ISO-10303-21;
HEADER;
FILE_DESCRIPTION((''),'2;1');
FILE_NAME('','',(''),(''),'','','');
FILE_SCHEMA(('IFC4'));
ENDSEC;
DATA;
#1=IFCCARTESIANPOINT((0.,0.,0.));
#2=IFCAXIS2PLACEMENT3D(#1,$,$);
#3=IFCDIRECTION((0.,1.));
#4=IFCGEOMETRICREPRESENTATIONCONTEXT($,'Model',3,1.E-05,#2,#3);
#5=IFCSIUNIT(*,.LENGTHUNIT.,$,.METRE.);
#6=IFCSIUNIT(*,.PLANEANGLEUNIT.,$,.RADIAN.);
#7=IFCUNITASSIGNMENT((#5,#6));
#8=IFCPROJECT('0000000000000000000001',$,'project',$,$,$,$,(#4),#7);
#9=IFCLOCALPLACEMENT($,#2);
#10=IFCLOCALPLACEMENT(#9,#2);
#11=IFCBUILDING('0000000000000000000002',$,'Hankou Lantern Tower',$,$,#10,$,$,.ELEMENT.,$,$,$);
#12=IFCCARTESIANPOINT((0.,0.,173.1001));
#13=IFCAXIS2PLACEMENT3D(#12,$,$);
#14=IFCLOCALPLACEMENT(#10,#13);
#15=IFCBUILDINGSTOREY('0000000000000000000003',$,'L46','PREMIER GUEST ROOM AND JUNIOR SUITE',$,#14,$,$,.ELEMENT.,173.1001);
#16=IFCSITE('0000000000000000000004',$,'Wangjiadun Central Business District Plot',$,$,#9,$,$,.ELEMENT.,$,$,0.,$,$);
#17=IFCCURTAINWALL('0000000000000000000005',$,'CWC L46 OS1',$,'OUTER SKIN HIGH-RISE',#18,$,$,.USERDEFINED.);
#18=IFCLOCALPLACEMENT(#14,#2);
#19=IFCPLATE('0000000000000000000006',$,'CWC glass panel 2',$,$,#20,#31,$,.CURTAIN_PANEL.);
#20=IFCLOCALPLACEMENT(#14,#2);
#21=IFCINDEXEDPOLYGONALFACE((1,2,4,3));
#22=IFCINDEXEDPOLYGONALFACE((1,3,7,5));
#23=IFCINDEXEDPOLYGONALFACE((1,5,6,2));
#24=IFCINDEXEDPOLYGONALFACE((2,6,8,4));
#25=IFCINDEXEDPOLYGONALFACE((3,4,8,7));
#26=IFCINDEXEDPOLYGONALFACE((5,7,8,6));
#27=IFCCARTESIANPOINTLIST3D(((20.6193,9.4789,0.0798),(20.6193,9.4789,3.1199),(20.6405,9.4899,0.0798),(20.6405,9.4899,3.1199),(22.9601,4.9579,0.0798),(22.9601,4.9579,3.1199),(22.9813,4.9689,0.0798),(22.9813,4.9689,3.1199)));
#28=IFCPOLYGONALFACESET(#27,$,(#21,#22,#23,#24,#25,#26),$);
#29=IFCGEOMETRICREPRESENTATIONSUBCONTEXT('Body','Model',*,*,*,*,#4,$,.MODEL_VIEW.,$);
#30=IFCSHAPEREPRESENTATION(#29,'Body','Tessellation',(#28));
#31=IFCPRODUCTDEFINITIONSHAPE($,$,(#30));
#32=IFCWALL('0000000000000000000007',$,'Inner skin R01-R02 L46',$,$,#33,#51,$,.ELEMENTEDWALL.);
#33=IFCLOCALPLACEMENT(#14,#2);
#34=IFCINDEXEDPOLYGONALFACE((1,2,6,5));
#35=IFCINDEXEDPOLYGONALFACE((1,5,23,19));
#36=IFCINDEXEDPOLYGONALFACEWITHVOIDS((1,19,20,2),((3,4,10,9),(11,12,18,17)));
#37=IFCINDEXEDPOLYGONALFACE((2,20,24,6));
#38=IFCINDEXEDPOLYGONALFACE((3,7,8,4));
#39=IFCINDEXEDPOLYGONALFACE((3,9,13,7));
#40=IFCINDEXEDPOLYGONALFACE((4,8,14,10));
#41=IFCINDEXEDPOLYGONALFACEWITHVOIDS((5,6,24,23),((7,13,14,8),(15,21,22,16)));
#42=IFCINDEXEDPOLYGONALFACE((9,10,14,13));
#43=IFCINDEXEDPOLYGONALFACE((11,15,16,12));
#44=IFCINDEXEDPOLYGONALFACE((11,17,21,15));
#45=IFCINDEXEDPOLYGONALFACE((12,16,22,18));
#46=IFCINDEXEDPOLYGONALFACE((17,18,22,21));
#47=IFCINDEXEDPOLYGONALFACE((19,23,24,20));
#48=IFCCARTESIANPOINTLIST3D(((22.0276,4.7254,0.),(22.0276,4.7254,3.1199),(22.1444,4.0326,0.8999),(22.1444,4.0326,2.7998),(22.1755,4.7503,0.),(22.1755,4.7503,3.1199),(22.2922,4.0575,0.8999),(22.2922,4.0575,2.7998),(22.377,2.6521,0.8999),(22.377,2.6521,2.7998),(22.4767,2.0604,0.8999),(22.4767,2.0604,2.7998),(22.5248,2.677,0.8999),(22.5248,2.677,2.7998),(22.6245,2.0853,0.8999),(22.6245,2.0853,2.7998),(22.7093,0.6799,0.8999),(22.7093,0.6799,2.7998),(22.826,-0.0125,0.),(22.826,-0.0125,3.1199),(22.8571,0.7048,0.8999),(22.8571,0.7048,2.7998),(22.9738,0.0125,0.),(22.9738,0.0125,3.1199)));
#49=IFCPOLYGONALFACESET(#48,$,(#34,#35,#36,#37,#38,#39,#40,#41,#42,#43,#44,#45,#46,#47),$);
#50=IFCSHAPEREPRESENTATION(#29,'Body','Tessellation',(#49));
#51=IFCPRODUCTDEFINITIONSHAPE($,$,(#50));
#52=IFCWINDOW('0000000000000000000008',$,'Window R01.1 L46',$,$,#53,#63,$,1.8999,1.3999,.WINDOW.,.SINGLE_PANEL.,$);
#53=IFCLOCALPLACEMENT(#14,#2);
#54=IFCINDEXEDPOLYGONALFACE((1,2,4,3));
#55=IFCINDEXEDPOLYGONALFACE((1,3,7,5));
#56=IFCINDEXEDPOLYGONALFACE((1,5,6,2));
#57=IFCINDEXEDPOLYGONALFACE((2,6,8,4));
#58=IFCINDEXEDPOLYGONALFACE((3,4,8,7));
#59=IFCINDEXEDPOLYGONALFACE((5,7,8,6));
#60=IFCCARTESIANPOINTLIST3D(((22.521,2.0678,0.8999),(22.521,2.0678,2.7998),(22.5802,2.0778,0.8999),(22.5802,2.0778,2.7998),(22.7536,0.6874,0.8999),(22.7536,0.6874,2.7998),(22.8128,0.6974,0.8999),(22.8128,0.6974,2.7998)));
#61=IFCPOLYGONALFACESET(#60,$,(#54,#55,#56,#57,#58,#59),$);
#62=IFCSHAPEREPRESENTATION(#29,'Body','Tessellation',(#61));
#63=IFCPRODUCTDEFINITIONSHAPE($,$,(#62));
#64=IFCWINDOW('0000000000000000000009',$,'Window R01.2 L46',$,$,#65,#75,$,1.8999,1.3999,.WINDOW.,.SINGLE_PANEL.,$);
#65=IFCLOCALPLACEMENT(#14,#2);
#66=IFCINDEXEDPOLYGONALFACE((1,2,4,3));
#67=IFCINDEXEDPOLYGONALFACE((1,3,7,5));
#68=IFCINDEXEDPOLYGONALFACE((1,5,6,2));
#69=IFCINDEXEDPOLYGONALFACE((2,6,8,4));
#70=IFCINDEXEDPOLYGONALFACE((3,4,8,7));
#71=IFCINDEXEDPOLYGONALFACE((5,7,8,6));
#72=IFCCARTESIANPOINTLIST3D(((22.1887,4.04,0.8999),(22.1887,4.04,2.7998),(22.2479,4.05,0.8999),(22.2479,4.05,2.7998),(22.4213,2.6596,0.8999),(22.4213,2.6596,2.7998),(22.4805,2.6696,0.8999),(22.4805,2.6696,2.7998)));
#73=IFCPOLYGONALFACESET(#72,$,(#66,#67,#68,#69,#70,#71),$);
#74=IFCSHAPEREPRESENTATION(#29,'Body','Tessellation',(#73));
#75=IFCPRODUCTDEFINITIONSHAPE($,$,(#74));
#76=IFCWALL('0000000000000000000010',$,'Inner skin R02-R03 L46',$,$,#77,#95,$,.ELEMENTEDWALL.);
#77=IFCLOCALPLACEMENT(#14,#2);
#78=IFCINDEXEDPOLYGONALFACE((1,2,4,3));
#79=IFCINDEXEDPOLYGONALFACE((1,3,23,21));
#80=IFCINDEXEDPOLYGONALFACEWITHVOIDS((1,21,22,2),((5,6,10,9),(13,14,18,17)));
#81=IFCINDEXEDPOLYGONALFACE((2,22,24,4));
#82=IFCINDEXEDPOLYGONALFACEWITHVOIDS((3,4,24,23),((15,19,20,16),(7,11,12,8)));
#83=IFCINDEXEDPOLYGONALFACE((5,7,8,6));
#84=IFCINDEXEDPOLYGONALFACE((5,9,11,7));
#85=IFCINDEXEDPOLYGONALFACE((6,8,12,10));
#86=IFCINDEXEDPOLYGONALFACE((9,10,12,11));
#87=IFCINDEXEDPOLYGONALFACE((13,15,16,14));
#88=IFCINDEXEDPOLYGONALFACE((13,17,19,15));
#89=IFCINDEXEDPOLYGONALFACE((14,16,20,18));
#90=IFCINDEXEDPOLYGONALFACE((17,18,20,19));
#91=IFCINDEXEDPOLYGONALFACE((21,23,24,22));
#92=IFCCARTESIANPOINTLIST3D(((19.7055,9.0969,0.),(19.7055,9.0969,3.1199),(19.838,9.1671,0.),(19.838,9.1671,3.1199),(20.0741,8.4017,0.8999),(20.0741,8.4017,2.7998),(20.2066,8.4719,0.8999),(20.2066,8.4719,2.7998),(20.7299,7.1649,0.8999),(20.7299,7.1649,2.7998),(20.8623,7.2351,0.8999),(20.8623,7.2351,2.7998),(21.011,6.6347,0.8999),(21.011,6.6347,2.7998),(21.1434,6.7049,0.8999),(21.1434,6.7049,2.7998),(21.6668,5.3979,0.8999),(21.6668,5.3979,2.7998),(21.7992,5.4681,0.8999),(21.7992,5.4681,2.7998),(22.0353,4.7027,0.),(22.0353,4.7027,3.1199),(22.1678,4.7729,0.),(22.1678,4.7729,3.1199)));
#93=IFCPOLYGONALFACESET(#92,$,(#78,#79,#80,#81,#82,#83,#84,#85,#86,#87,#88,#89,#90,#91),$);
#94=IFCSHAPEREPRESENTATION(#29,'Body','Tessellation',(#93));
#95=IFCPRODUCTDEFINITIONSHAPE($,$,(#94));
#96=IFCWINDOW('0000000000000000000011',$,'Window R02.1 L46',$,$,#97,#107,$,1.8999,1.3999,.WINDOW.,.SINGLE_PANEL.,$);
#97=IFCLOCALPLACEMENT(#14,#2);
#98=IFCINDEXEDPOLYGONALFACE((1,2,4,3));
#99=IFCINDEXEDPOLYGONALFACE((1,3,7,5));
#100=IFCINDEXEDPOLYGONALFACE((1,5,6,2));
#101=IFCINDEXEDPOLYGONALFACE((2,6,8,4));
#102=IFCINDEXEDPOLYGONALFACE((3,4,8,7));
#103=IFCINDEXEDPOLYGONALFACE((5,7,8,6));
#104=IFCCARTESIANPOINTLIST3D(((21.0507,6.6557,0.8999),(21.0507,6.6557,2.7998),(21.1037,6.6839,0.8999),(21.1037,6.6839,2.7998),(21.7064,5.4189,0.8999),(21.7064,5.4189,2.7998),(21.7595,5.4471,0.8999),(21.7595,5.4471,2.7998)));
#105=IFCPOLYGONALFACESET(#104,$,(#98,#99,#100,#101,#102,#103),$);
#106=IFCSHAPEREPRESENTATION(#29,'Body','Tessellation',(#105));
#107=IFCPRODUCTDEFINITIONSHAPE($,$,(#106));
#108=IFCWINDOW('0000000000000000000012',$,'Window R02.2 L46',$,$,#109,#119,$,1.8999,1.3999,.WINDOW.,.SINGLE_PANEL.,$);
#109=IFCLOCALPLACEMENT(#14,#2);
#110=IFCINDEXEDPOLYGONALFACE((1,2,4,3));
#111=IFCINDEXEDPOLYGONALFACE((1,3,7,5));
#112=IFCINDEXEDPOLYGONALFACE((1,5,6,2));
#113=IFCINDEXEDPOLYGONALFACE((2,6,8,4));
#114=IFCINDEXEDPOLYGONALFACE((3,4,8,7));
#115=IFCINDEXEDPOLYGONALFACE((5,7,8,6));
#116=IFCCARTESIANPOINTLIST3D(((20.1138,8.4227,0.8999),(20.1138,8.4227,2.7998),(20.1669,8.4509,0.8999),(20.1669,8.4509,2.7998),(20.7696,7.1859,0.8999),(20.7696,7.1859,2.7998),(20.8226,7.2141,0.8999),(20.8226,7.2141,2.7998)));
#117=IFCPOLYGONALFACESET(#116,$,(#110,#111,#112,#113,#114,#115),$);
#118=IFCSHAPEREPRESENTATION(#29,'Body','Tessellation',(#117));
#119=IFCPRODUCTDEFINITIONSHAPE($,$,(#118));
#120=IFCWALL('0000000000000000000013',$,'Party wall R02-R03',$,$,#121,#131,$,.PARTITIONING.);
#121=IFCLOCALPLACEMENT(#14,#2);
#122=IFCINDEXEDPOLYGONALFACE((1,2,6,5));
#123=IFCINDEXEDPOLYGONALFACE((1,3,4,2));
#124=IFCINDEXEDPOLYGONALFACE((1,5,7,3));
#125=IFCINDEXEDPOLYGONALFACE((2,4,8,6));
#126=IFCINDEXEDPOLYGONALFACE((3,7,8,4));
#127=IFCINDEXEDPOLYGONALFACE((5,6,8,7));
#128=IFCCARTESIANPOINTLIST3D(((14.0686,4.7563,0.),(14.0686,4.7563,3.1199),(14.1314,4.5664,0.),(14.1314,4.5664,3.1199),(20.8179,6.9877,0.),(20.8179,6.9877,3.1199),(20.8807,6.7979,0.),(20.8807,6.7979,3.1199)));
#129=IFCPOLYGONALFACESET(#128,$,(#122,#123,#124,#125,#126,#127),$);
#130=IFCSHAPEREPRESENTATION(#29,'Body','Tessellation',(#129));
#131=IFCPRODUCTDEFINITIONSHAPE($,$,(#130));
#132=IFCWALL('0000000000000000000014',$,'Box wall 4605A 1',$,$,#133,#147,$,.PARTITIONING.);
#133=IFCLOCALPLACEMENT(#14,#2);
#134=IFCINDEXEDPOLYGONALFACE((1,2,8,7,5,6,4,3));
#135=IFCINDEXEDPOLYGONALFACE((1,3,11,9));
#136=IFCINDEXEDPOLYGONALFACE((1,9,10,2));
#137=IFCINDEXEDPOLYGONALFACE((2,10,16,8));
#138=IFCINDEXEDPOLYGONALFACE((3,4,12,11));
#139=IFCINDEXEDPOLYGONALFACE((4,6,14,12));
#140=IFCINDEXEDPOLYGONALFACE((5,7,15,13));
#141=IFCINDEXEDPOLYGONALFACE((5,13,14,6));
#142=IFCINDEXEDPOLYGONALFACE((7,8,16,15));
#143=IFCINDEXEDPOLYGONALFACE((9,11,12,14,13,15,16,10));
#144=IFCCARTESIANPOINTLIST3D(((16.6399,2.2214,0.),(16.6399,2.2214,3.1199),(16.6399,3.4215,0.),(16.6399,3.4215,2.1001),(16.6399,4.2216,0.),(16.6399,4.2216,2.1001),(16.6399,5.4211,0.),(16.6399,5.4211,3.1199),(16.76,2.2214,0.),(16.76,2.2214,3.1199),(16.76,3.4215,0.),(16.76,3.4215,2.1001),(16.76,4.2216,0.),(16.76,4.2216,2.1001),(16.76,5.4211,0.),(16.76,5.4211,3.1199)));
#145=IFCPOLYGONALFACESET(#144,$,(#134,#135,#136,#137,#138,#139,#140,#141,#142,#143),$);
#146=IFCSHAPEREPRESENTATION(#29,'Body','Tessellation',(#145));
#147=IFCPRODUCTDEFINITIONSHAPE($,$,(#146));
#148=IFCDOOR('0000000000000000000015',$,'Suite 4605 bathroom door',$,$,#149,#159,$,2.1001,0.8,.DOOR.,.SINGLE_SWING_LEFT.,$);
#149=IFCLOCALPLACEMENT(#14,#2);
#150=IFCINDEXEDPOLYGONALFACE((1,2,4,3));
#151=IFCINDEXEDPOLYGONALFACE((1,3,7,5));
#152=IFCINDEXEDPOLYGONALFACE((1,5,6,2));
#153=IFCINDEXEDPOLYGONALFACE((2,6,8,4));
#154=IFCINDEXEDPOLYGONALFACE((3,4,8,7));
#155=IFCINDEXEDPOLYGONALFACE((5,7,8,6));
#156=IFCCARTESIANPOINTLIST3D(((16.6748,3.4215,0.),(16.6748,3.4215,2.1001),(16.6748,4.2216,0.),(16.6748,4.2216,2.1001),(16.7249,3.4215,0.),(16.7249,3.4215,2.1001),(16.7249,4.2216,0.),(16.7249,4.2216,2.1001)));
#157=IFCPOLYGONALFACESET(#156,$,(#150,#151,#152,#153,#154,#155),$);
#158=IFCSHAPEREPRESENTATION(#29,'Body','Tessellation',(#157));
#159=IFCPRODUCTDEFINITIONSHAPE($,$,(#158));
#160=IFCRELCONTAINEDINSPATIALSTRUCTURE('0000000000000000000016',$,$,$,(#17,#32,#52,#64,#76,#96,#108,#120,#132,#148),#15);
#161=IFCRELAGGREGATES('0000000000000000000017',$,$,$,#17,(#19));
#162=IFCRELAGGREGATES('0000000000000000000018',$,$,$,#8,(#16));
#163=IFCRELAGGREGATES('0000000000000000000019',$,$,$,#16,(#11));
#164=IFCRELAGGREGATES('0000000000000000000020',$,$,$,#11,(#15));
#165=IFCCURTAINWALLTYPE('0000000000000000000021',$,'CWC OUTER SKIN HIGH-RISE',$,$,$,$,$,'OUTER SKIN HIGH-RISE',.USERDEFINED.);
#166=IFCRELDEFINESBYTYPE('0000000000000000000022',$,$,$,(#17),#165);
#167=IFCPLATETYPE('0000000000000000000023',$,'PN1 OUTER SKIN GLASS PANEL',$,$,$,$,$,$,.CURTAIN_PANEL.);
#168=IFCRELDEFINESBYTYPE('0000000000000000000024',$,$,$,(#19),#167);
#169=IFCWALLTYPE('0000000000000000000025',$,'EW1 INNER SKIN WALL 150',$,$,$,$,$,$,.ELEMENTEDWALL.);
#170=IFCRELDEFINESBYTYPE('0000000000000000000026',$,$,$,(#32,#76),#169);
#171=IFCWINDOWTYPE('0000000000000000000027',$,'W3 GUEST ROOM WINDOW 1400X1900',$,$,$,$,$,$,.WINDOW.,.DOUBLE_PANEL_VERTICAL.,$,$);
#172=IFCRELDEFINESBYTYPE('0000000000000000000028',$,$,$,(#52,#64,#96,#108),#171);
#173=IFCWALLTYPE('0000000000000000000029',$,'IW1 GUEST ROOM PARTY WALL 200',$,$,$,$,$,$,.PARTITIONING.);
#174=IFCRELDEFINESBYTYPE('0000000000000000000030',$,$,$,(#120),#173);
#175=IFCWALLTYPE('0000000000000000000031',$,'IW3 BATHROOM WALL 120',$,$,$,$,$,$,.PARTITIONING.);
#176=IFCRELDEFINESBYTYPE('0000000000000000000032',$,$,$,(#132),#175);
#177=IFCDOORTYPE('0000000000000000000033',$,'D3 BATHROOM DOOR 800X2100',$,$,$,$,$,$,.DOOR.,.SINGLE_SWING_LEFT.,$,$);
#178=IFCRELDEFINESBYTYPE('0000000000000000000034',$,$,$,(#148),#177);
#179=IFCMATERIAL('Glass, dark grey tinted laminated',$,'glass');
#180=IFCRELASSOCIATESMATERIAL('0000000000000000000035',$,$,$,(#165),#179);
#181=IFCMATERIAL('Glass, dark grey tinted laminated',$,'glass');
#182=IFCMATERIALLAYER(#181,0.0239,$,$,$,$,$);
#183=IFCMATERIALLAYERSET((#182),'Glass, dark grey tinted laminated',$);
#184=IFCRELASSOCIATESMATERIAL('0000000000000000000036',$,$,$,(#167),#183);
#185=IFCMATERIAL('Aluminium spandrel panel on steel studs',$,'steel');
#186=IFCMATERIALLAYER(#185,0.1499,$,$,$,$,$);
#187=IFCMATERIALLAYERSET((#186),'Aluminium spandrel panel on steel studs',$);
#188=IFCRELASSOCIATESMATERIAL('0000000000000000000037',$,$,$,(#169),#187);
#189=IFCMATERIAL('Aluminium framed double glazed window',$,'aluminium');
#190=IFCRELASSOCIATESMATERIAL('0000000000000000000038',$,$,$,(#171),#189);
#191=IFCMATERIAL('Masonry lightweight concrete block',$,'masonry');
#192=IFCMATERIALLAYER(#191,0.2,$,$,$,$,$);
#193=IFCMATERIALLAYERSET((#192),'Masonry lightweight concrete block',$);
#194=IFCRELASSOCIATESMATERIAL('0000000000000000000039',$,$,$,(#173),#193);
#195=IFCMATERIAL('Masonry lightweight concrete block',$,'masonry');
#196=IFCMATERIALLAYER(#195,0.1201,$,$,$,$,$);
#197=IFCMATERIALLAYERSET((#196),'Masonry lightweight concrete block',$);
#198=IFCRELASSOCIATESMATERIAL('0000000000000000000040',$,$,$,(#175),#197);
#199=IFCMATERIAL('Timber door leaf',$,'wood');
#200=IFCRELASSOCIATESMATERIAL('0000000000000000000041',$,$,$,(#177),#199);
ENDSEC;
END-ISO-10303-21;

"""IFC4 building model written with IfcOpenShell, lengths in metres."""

from ifc_helpers import new_model, si_unit, direction, frame, frame_2d, origin, origin_2d, place, context, subcontext, project, spatial, rectangle, extrude, material, layer, layer_set, type_object, element, fill, aggregate, save


model = new_model("IFC4")

# Units and contexts
model_context = context("Model", 3, precision=1e-05, world=origin(), true_north=direction((0.0, 1.0)))
body_context = subcontext(model_context, "Body", "Model", "MODEL_VIEW")
ifc_project = project(units=[si_unit("LENGTHUNIT", "METRE"), si_unit("PLANEANGLEUNIT", "RADIAN")], contexts=[model_context])

# Site, building, storey
site_placement = place(None, origin())
site = spatial("IfcSite", under=ifc_project, at=site_placement, Name="Wangjiadun Central Business District Plot", CompositionType="ELEMENT", RefElevation=0.0)
building_placement = place(site_placement, origin())
building = spatial("IfcBuilding", under=site, at=building_placement, Name="Hankou Lantern Tower", CompositionType="ELEMENT")
storey_placement = place(building_placement, frame((0.0, 0.0, 173.1001)))
storey = spatial("IfcBuildingStorey", under=building, at=storey_placement, Name="L46", Description="PREMIER GUEST ROOM AND JUNIOR SUITE", CompositionType="ELEMENT", Elevation=173.1001)

# Curtain wall
ifc_material_1 = material(Name="Glass, dark grey tinted laminated", Category="glass")
curtain_wall_type = type_object("IfcCurtainWallType", Name="CWC OUTER SKIN HIGH-RISE", ElementType="OUTER SKIN HIGH-RISE", PredefinedType="USERDEFINED", material=ifc_material_1)
curtain_wall_placement = place(storey_placement, origin())
curtain_wall = element("IfcCurtainWall", 1, at=curtain_wall_placement, inside=storey, type_object=curtain_wall_type, Name="CWC L46 OS1", ObjectType="OUTER SKIN HIGH-RISE", PredefinedType="USERDEFINED")

# Plate
ifc_material_2 = material(Name="Glass, dark grey tinted laminated", Category="glass")
ifc_layer_1 = layer(ifc_material_2, 0.0239)
ifc_layer_set_1 = layer_set([ifc_layer_1], Name="Glass, dark grey tinted laminated")
plate_type = type_object("IfcPlateType", Name="PN1 OUTER SKIN GLASS PANEL", PredefinedType="CURTAIN_PANEL", material=ifc_layer_set_1)
plate_1_placement = place(storey_placement, frame((21.8003, 7.2239, 0.0798), z_axis=(0.0, 0.0, 1.0), x_axis=(-0.459791, 0.888027, 0.0)))
plate_1 = element("IfcPlate", 2, at=plate_1_placement, type_object=plate_type, Name="CWC glass panel 2", PredefinedType="CURTAIN_PANEL", context=body_context, shape_type="SweptSolid", body=[
    extrude(rectangle(XDim=5.0911, YDim=0.0239, at=origin_2d()), origin(), (0.0, 0.0, 1.0), 3.04),
])
aggregate(curtain_wall, [plate_1])

# Walls, openings, windows
ifc_material_3 = material(Name="Aluminium spandrel panel on steel studs", Category="steel")
ifc_layer_2 = layer(ifc_material_3, 0.1499)
ifc_layer_set_2 = layer_set([ifc_layer_2], Name="Aluminium spandrel panel on steel studs")
wall_type_1 = type_object("IfcWallType", Name="EW1 INNER SKIN WALL 150", PredefinedType="ELEMENTEDWALL", material=ifc_layer_set_2)
wall_1_placement = place(storey_placement, frame((22.8999, 0.0, 0.0), z_axis=(0.0, 0.0, 1.0), x_axis=(-0.166162, 0.986098, 0.0)))
wall_1 = element("IfcWall", 3, at=wall_1_placement, inside=storey, type_object=wall_type_1, Name="Inner skin R01-R02 L46", PredefinedType="ELEMENTEDWALL", context=body_context, shape_type="SweptSolid", body=[
    extrude(rectangle(XDim=4.8047, YDim=0.1499, at=frame_2d((2.4023, 0.0))), origin(), (0.0, 0.0, 1.0), 3.1199),
])
opening_1_placement = place(wall_1_placement, frame((0.7021, 0.0, 0.8999)))
opening_1 = element("IfcOpeningElement", 4, at=opening_1_placement, cuts=wall_1, PredefinedType="OPENING", context=body_context, shape_type="SweptSolid", body=[
    extrude(rectangle(XDim=1.3999, YDim=1.8999, at=frame_2d((0.7, 0.95))), frame((0.0, 0.085, 0.0), z_axis=(0.0, -1.0, 0.0), x_axis=(1.0, 0.0, 0.0)), (0.0, 0.0, 1.0), 0.1699),
])
opening_2_placement = place(wall_1_placement, frame((2.7021, 0.0, 0.8999)))
opening_2 = element("IfcOpeningElement", 5, at=opening_2_placement, cuts=wall_1, PredefinedType="OPENING", context=body_context, shape_type="SweptSolid", body=[
    extrude(rectangle(XDim=1.3999, YDim=1.8999, at=frame_2d((0.7, 0.95))), frame((0.0, 0.085, 0.0), z_axis=(0.0, -1.0, 0.0), x_axis=(1.0, 0.0, 0.0)), (0.0, 0.0, 1.0), 0.1699),
])
ifc_material_4 = material(Name="Aluminium framed double glazed window", Category="aluminium")
window_type = type_object("IfcWindowType", Name="W3 GUEST ROOM WINDOW 1400X1900", PartitioningType="DOUBLE_PANEL_VERTICAL", PredefinedType="WINDOW", material=ifc_material_4)
window_1_placement = place(opening_1_placement, origin())
window_1 = element("IfcWindow", 6, at=window_1_placement, inside=storey, type_object=window_type, Name="Window R01.1 L46", OverallHeight=1.8999, OverallWidth=1.3999, PartitioningType="SINGLE_PANEL", PredefinedType="WINDOW", context=body_context, shape_type="SweptSolid", body=[
    extrude(rectangle(XDim=1.3999, YDim=1.8999, at=frame_2d((0.7, 0.95))), frame((0.0, 0.03, 0.0), z_axis=(0.0, -1.0, 0.0), x_axis=(1.0, 0.0, 0.0)), (0.0, 0.0, 1.0), 0.0601),
])
fill(opening_1, window_1)
window_2_placement = place(opening_2_placement, origin())
window_2 = element("IfcWindow", 7, at=window_2_placement, inside=storey, type_object=window_type, Name="Window R01.2 L46", OverallHeight=1.8999, OverallWidth=1.3999, PartitioningType="SINGLE_PANEL", PredefinedType="WINDOW", context=body_context, shape_type="SweptSolid", body=[
    extrude(rectangle(XDim=1.3999, YDim=1.8999, at=frame_2d((0.7, 0.95))), frame((0.0, 0.03, 0.0), z_axis=(0.0, -1.0, 0.0), x_axis=(1.0, 0.0, 0.0)), (0.0, 0.0, 1.0), 0.0601),
])
fill(opening_2, window_2)
wall_2_placement = place(storey_placement, frame((22.1016, 4.7378, 0.0), z_axis=(0.0, 0.0, 1.0), x_axis=(-0.468429, 0.883501, 0.0)))
wall_2 = element("IfcWall", 8, at=wall_2_placement, inside=storey, type_object=wall_type_1, Name="Inner skin R02-R03 L46", PredefinedType="ELEMENTEDWALL", context=body_context, shape_type="SweptSolid", body=[
    extrude(rectangle(XDim=4.9736, YDim=0.1499, at=frame_2d((2.4868, 0.0))), origin(), (0.0, 0.0, 1.0), 3.1199),
])
opening_3_placement = place(wall_2_placement, frame((0.7869, 0.0, 0.8999)))
opening_3 = element("IfcOpeningElement", 9, at=opening_3_placement, cuts=wall_2, PredefinedType="OPENING", context=body_context, shape_type="SweptSolid", body=[
    extrude(rectangle(XDim=1.3999, YDim=1.8999, at=frame_2d((0.7, 0.95))), frame((0.0, 0.085, 0.0), z_axis=(0.0, -1.0, 0.0), x_axis=(1.0, 0.0, 0.0)), (0.0, 0.0, 1.0), 0.1699),
])
opening_4_placement = place(wall_2_placement, frame((2.7869, 0.0, 0.8999)))
opening_4 = element("IfcOpeningElement", 10, at=opening_4_placement, cuts=wall_2, PredefinedType="OPENING", context=body_context, shape_type="SweptSolid", body=[
    extrude(rectangle(XDim=1.3999, YDim=1.8999, at=frame_2d((0.7, 0.95))), frame((0.0, 0.085, 0.0), z_axis=(0.0, -1.0, 0.0), x_axis=(1.0, 0.0, 0.0)), (0.0, 0.0, 1.0), 0.1699),
])
window_3_placement = place(opening_3_placement, origin())
window_3 = element("IfcWindow", 11, at=window_3_placement, inside=storey, type_object=window_type, Name="Window R02.1 L46", OverallHeight=1.8999, OverallWidth=1.3999, PartitioningType="SINGLE_PANEL", PredefinedType="WINDOW", context=body_context, shape_type="SweptSolid", body=[
    extrude(rectangle(XDim=1.3999, YDim=1.8999, at=frame_2d((0.7, 0.95))), frame((0.0, 0.03, 0.0), z_axis=(0.0, -1.0, 0.0), x_axis=(1.0, 0.0, 0.0)), (0.0, 0.0, 1.0), 0.0601),
])
fill(opening_3, window_3)
window_4_placement = place(opening_4_placement, origin())
window_4 = element("IfcWindow", 12, at=window_4_placement, inside=storey, type_object=window_type, Name="Window R02.2 L46", OverallHeight=1.8999, OverallWidth=1.3999, PartitioningType="SINGLE_PANEL", PredefinedType="WINDOW", context=body_context, shape_type="SweptSolid", body=[
    extrude(rectangle(XDim=1.3999, YDim=1.8999, at=frame_2d((0.7, 0.95))), frame((0.0, 0.03, 0.0), z_axis=(0.0, -1.0, 0.0), x_axis=(1.0, 0.0, 0.0)), (0.0, 0.0, 1.0), 0.0601),
])
fill(opening_4, window_4)

# Wall
ifc_material_5 = material(Name="Masonry lightweight concrete block", Category="masonry")
ifc_layer_3 = layer(ifc_material_5, 0.2)
ifc_layer_set_3 = layer_set([ifc_layer_3], Name="Masonry lightweight concrete block")
wall_type_2 = type_object("IfcWallType", Name="IW1 GUEST ROOM PARTY WALL 200", PredefinedType="PARTITIONING", material=ifc_layer_set_3)
wall_3_placement = place(storey_placement, frame((14.1001, 4.6614, 0.0), z_axis=(0.0, 0.0, 1.0), x_axis=(0.949453, 0.313909, 0.0)))
element("IfcWall", 13, at=wall_3_placement, inside=storey, type_object=wall_type_2, Name="Party wall R02-R03", PredefinedType="PARTITIONING", context=body_context, shape_type="SweptSolid", body=[
    extrude(rectangle(XDim=7.1086, YDim=0.2, at=frame_2d((3.5542, 0.0))), origin(), (0.0, 0.0, 1.0), 3.1199),
])

# Wall, opening, door
ifc_material_6 = material(Name="Masonry lightweight concrete block", Category="masonry")
ifc_layer_4 = layer(ifc_material_6, 0.1201)
ifc_layer_set_4 = layer_set([ifc_layer_4], Name="Masonry lightweight concrete block")
wall_type_3 = type_object("IfcWallType", Name="IW3 BATHROOM WALL 120", PredefinedType="PARTITIONING", material=ifc_layer_set_4)
wall_4_placement = place(storey_placement, frame((16.7, 5.4211, 0.0), z_axis=(0.0, 0.0, 1.0), x_axis=(0.0, -1.0, 0.0)))
wall_4 = element("IfcWall", 14, at=wall_4_placement, inside=storey, type_object=wall_type_3, Name="Box wall 4605A 1", PredefinedType="PARTITIONING", context=body_context, shape_type="SweptSolid", body=[
    extrude(rectangle(XDim=3.1997, YDim=0.1201, at=frame_2d((1.5999, 0.0))), origin(), (0.0, 0.0, 1.0), 3.1199),
])
opening_5_placement = place(wall_4_placement, frame((1.1997, 0.0, 0.0)))
opening_5 = element("IfcOpeningElement", 15, at=opening_5_placement, cuts=wall_4, PredefinedType="OPENING", context=body_context, shape_type="SweptSolid", body=[
    extrude(rectangle(XDim=0.8, YDim=2.1001, at=frame_2d((0.3999, 1.05))), frame((0.0, 0.0701, 0.0), z_axis=(0.0, -1.0, 0.0), x_axis=(1.0, 0.0, 0.0)), (0.0, 0.0, 1.0), 0.1401),
])
ifc_material_7 = material(Name="Timber door leaf", Category="wood")
door_type_1 = type_object("IfcDoorType", Name="D3 BATHROOM DOOR 800X2100", OperationType="SINGLE_SWING_LEFT", PredefinedType="DOOR", material=ifc_material_7)
door_1_placement = place(opening_5_placement, origin())
door_1 = element("IfcDoor", 16, at=door_1_placement, inside=storey, type_object=door_type_1, Name="Suite 4605 bathroom door", OperationType="SINGLE_SWING_LEFT", OverallHeight=2.1001, OverallWidth=0.8, PredefinedType="DOOR", context=body_context, shape_type="SweptSolid", body=[
    extrude(rectangle(XDim=0.8, YDim=2.1001, at=frame_2d((0.3999, 1.05))), frame((0.0, 0.0249, 0.0), z_axis=(0.0, -1.0, 0.0), x_axis=(1.0, 0.0, 0.0)), (0.0, 0.0, 1.0), 0.05),
])
fill(opening_5, door_1)

save(model, "model.ifc")
